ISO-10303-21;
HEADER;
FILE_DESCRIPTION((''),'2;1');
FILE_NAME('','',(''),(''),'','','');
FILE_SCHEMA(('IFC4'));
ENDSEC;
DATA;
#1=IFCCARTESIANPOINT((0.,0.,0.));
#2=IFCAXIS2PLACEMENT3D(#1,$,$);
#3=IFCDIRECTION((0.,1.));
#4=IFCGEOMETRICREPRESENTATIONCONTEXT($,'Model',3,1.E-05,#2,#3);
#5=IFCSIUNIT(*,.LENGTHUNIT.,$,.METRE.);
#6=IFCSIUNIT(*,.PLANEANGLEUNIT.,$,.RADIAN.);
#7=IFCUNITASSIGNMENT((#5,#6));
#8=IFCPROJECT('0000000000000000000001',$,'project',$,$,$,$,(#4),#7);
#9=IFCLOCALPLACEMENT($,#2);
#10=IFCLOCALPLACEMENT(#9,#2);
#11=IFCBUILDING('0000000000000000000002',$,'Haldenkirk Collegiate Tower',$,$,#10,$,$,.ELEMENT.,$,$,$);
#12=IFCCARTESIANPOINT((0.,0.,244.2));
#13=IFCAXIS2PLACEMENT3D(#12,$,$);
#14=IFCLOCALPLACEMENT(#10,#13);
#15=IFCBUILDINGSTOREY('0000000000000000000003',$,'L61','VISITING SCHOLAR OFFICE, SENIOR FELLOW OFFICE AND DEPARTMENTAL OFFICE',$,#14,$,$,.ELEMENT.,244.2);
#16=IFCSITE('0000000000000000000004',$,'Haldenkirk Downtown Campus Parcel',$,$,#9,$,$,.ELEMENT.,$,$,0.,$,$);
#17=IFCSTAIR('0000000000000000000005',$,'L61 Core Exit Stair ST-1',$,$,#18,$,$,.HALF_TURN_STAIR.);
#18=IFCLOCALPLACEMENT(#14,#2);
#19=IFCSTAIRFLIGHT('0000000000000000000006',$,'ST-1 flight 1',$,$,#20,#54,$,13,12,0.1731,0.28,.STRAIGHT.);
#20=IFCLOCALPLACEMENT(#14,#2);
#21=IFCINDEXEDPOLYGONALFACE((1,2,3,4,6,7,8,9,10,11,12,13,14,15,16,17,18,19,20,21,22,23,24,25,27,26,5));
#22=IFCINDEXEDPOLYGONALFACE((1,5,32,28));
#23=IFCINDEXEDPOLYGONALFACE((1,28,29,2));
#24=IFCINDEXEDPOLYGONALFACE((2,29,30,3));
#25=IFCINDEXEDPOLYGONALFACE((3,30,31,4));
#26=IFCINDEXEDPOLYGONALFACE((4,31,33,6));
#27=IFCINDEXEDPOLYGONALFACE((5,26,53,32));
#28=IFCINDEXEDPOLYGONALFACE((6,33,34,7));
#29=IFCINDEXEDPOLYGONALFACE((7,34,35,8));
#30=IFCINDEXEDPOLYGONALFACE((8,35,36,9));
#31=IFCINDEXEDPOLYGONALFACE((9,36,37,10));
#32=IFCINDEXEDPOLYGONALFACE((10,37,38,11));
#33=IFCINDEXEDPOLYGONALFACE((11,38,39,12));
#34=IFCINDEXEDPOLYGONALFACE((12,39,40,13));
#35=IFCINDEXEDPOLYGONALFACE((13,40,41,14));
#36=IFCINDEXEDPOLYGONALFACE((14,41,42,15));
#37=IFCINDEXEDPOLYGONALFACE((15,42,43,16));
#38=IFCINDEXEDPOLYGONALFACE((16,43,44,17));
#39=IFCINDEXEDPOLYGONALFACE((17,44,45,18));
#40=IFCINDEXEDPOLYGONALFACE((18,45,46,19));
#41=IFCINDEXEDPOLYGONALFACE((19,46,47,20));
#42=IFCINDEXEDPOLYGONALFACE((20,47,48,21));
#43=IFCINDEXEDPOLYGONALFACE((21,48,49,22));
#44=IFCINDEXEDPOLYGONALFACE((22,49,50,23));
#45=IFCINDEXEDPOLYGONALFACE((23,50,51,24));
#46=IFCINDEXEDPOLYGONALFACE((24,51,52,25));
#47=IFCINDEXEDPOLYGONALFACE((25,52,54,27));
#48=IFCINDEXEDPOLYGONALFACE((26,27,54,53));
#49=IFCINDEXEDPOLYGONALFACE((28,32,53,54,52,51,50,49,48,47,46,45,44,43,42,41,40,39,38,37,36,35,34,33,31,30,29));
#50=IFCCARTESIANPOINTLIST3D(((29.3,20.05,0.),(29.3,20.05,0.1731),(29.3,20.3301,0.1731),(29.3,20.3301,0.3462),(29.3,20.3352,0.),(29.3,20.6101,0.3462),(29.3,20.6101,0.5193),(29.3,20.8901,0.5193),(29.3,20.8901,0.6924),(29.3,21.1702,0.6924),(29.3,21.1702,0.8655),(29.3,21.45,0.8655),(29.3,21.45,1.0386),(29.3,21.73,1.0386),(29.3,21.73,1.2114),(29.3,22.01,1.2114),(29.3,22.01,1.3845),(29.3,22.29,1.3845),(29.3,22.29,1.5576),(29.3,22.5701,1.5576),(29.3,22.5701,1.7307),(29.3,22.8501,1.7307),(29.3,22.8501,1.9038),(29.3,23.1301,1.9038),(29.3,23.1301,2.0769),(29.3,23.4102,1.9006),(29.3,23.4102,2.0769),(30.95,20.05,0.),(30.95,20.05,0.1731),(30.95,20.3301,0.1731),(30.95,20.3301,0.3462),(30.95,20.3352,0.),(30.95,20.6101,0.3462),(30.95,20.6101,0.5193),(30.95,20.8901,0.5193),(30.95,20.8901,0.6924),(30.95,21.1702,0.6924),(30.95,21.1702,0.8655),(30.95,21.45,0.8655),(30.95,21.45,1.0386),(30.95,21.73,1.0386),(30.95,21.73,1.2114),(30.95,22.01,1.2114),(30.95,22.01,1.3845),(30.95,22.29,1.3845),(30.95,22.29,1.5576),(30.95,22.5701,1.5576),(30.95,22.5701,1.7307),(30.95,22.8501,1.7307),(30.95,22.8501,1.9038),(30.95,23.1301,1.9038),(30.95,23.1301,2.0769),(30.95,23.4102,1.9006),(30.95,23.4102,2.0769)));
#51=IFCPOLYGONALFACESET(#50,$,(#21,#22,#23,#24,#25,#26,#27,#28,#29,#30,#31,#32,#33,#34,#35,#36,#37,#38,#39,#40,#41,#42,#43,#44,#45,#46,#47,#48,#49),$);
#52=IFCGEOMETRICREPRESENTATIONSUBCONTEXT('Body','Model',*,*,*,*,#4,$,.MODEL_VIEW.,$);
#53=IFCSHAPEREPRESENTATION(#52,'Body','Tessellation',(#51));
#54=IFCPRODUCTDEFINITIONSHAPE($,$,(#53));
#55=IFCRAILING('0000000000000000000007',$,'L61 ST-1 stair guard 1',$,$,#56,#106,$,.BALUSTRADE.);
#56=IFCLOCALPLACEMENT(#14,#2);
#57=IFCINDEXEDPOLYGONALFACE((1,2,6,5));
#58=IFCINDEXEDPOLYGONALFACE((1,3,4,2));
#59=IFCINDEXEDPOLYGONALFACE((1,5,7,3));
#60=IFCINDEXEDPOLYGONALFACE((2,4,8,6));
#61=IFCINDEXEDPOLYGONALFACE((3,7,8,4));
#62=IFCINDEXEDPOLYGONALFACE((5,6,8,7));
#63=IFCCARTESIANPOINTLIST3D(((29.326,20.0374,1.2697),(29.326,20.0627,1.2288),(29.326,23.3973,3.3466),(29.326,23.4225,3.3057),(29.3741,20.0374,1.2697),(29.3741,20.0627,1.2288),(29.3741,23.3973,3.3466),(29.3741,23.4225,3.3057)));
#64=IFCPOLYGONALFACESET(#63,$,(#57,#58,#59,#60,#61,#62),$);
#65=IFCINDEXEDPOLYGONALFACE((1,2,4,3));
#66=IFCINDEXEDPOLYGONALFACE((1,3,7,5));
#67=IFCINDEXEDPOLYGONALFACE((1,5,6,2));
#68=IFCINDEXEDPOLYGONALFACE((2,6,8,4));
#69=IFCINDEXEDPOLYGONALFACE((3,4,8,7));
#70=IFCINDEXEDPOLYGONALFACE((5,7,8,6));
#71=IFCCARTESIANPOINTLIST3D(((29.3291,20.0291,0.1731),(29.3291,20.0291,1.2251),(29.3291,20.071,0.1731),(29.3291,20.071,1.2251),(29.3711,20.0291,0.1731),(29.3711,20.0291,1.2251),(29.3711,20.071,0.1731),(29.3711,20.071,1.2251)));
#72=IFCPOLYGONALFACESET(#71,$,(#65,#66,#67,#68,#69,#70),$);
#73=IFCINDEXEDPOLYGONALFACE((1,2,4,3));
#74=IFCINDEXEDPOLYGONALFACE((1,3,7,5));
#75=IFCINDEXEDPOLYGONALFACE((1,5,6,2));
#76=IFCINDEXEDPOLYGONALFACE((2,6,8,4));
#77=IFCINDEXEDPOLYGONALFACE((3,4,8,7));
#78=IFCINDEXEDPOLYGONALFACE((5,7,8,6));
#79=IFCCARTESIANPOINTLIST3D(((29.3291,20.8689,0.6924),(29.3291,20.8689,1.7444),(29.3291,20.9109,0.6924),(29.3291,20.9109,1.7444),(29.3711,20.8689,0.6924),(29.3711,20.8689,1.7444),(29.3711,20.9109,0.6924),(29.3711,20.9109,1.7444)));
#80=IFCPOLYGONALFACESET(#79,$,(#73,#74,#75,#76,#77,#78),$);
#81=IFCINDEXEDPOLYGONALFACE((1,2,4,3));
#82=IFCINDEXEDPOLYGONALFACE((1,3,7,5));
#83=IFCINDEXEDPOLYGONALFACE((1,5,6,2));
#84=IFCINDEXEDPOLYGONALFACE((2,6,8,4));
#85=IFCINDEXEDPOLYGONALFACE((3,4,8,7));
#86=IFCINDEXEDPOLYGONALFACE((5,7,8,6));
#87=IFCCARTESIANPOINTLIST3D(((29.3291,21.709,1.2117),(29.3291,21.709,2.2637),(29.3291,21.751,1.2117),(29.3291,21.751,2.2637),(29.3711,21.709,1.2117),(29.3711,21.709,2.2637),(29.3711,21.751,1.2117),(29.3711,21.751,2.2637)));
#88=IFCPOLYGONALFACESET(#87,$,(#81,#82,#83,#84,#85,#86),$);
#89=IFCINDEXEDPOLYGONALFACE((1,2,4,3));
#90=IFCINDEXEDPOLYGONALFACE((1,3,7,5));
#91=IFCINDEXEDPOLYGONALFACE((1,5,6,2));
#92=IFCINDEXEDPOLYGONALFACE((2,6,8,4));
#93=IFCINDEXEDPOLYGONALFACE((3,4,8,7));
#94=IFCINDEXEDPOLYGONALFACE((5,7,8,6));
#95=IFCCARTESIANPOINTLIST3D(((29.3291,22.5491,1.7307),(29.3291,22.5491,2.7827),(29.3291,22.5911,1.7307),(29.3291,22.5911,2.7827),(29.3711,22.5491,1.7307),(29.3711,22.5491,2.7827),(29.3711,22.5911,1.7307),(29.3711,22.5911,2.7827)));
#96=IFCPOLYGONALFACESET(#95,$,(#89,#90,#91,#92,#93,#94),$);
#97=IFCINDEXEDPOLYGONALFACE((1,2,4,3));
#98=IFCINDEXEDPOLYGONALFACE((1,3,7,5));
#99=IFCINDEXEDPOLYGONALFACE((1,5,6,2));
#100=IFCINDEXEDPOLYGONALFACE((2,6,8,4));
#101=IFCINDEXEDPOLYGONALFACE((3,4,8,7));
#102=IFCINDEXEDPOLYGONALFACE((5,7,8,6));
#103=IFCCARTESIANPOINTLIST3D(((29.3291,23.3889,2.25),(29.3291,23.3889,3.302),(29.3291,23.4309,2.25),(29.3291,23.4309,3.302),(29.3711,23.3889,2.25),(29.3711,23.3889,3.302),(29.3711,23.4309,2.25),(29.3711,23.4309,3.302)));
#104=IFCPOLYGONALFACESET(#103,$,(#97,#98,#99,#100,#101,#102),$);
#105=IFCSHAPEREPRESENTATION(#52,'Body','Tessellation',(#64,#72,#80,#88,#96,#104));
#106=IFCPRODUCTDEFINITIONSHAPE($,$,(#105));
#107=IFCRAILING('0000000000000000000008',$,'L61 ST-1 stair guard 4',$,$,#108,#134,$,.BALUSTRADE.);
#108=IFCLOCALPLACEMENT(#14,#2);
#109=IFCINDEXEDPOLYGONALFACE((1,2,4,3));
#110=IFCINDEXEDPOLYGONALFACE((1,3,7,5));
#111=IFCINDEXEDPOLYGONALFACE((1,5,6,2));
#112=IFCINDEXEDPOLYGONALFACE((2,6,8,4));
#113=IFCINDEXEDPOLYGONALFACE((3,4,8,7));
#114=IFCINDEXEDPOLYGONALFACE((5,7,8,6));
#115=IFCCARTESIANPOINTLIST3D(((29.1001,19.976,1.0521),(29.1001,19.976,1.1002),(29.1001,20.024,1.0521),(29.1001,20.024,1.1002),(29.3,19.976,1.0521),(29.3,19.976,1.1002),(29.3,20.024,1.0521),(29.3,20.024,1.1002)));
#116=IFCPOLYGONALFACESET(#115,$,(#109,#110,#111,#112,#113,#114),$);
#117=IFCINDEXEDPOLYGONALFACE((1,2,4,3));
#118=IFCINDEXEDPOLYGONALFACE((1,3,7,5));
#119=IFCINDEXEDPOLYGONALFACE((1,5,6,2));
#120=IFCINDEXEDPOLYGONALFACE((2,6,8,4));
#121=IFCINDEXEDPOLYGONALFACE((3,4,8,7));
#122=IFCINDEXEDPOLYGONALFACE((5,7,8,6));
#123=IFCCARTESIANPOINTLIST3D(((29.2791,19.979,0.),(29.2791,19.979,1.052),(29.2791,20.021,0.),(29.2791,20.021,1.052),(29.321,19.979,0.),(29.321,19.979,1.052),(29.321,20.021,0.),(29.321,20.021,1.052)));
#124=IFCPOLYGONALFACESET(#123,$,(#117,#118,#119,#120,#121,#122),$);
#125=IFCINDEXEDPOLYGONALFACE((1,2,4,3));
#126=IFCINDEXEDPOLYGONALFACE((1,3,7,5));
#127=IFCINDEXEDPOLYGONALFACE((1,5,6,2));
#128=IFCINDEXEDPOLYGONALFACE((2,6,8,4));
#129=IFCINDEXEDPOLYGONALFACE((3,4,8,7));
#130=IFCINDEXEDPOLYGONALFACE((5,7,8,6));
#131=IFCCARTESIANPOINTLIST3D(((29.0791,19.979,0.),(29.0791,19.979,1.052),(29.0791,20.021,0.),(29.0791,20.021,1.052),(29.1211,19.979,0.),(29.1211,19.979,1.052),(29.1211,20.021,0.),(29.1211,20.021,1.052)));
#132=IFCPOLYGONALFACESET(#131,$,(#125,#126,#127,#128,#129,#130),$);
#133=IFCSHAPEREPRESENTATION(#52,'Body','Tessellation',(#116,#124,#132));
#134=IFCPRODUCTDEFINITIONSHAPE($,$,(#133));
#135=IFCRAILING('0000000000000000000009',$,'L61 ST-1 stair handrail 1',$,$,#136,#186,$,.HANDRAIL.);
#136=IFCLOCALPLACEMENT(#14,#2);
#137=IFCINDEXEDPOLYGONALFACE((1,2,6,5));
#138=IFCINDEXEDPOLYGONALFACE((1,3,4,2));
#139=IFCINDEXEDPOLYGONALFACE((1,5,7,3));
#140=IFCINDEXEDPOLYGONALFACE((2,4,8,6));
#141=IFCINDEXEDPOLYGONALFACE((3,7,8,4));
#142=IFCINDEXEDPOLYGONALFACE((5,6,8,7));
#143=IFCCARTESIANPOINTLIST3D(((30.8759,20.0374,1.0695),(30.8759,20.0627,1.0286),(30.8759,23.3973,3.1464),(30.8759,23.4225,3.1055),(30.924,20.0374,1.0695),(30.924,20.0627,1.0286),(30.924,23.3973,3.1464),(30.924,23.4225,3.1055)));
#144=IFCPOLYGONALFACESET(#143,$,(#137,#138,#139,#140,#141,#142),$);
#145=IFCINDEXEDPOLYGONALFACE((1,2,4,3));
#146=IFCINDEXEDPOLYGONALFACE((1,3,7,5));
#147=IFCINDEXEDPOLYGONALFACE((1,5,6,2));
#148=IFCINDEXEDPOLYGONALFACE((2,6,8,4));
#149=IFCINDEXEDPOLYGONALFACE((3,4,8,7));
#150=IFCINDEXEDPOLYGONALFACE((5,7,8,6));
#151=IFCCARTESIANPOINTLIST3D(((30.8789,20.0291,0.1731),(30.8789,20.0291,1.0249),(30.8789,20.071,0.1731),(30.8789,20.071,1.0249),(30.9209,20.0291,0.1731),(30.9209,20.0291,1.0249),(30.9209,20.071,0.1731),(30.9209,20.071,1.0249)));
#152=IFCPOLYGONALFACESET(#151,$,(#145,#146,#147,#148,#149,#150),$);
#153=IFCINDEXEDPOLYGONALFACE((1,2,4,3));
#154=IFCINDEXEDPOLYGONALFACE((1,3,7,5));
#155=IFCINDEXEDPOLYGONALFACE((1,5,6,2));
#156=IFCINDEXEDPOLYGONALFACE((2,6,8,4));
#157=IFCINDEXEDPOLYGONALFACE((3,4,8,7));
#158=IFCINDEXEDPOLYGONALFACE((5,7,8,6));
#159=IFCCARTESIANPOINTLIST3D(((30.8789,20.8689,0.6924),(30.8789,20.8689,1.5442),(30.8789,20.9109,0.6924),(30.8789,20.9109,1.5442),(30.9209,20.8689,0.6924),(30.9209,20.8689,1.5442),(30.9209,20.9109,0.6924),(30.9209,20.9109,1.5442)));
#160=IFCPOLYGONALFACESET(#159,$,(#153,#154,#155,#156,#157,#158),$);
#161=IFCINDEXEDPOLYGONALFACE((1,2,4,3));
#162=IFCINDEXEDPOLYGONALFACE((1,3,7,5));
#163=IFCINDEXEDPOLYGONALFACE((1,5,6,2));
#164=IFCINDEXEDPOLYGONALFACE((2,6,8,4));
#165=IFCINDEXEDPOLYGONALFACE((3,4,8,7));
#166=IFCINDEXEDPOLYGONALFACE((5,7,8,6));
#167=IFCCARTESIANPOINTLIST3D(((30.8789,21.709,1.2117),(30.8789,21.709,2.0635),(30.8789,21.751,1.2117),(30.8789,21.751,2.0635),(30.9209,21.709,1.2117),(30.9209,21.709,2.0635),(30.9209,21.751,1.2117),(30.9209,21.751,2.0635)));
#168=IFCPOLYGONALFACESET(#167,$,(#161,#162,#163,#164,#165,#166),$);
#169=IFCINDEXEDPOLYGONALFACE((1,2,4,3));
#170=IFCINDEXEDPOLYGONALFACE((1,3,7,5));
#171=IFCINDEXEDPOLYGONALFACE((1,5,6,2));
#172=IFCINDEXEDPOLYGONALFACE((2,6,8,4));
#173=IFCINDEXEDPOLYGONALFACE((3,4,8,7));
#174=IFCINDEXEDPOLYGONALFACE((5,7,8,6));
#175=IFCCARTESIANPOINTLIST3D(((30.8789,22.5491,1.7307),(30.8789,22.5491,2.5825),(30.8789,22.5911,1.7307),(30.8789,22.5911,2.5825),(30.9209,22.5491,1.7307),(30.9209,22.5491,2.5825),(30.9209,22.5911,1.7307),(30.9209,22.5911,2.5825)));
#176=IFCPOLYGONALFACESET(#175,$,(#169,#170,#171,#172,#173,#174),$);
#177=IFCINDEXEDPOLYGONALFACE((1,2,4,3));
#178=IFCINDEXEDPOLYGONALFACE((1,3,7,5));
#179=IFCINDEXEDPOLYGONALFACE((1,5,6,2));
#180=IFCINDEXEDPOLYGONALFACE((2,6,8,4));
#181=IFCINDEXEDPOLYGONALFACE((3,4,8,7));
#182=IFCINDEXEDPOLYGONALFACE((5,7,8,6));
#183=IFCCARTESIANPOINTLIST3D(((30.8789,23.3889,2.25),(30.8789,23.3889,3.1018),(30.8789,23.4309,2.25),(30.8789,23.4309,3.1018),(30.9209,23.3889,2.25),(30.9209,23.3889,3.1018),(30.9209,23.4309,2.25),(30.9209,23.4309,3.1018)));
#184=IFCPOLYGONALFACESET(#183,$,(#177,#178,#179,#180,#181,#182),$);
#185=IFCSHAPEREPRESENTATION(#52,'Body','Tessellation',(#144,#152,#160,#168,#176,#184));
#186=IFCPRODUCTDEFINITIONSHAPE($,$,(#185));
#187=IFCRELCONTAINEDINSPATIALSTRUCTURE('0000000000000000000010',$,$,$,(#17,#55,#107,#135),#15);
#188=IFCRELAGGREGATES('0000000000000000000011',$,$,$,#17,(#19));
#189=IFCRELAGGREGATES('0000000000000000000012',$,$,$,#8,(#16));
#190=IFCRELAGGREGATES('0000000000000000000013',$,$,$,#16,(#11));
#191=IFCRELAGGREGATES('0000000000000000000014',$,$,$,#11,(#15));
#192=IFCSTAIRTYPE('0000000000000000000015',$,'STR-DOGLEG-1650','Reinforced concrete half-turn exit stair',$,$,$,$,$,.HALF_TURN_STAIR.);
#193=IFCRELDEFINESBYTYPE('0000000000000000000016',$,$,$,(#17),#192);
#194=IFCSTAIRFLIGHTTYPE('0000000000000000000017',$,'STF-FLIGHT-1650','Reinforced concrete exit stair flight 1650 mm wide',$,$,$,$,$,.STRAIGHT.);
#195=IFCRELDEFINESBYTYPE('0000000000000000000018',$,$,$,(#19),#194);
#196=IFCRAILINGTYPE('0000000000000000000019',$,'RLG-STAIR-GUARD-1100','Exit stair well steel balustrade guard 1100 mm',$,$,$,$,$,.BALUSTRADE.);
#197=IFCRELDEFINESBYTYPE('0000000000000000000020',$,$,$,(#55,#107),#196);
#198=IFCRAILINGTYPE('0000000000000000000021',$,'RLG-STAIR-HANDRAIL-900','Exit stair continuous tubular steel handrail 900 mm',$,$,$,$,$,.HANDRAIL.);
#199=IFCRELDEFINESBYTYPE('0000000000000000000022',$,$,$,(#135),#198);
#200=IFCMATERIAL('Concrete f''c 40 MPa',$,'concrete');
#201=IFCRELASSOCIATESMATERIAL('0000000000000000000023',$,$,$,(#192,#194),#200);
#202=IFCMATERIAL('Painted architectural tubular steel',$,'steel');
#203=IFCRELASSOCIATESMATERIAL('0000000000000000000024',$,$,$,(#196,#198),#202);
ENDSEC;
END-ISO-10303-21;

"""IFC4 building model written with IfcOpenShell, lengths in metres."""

from ifc_helpers import new_model, si_unit, direction, frame, origin, origin_2d, place, context, subcontext, project, spatial, polyline, rectangle, outline, extrude, material, type_object, element, aggregate, save


model = new_model("IFC4")

# Units and contexts
model_context = context("Model", 3, precision=1e-05, world=origin(), true_north=direction((0.0, 1.0)))
body_context = subcontext(model_context, "Body", "Model", "MODEL_VIEW")
ifc_project = project(units=[si_unit("LENGTHUNIT", "METRE"), si_unit("PLANEANGLEUNIT", "RADIAN")], contexts=[model_context])

# Site, building, storey
site_placement = place(None, origin())
site = spatial("IfcSite", under=ifc_project, at=site_placement, Name="Haldenkirk Downtown Campus Parcel", CompositionType="ELEMENT", RefElevation=0.0)
building_placement = place(site_placement, origin())
building = spatial("IfcBuilding", under=site, at=building_placement, Name="Haldenkirk Collegiate Tower", CompositionType="ELEMENT")
storey_placement = place(building_placement, frame((0.0, 0.0, 244.2)))
storey = spatial("IfcBuildingStorey", under=building, at=storey_placement, Name="L61", Description="VISITING SCHOLAR OFFICE, SENIOR FELLOW OFFICE AND DEPARTMENTAL OFFICE", CompositionType="ELEMENT", Elevation=244.2)

# Stair, stair flight
ifc_material_1 = material(Name="Concrete f'c 40 MPa", Category="concrete")
stair_type = type_object("IfcStairType", Name="STR-DOGLEG-1650", Description="Reinforced concrete half-turn exit stair", PredefinedType="HALF_TURN_STAIR", material=ifc_material_1)
stair_placement = place(storey_placement, origin())
stair = element("IfcStair", 1, at=stair_placement, inside=storey, type_object=stair_type, Name="L61 Core Exit Stair ST-1", PredefinedType="HALF_TURN_STAIR")
stair_flight_type = type_object("IfcStairFlightType", Name="STF-FLIGHT-1650", Description="Reinforced concrete exit stair flight 1650 mm wide", PredefinedType="STRAIGHT", material=ifc_material_1)
stair_flight_placement = place(storey_placement, frame((30.125, 20.05, 0.0), z_axis=(0.0, 0.0, 1.0), x_axis=(0.0, 1.0, 0.0)))
stair_flight = element("IfcStairFlight", 2, at=stair_flight_placement, type_object=stair_flight_type, Name="ST-1 flight 1", NumberOfRisers=13, NumberOfTreads=12, PredefinedType="STRAIGHT", RiserHeight=0.1731, TreadLength=0.28, context=body_context, shape_type="SweptSolid", body=[
    extrude(outline(polyline([(0.0, 0.0), (0.0, 0.1731), (0.28, 0.1731), (0.28, 0.3462), (0.5601, 0.3462), (0.5601, 0.5193), (0.8401, 0.5193), (0.8401, 0.6924), (1.1201, 0.6924), (1.1201, 0.8655), (1.3999, 0.8655), (1.3999, 1.0386), (1.6799, 1.0386), (1.6799, 1.2114), (1.96, 1.2114), (1.96, 1.3845), (2.24, 1.3845), (2.24, 1.5576), (2.52, 1.5576), (2.52, 1.7307), (2.8, 1.7307), (2.8, 1.9038), (3.0801, 1.9038), (3.0801, 2.0769), (3.3601, 2.0769), (3.3601, 2.25), (3.3601, 1.9006), (0.2852, 0.0), (0.0, 0.0)])), frame((0.0, 0.825, 0.0), z_axis=(0.0, -1.0, 0.0), x_axis=(1.0, 0.0, 0.0)), (0.0, 0.0, 1.0), 1.6499),
])
aggregate(stair, [stair_flight])

# Railings
ifc_material_2 = material(Name="Painted architectural tubular steel", Category="steel")
railing_type_1 = type_object("IfcRailingType", Name="RLG-STAIR-GUARD-1100", Description="Exit stair well steel balustrade guard 1100 mm", PredefinedType="BALUSTRADE", material=ifc_material_2)
railing_1_placement = place(storey_placement, frame((29.3501, 20.05, 0.1731)))
element("IfcRailing", 3, at=railing_1_placement, inside=storey, type_object=railing_type_1, Name="L61 ST-1 stair guard 1", PredefinedType="BALUSTRADE", context=body_context, shape_type="SweptSolid", body=[
    extrude(rectangle(XDim=0.0481, YDim=0.0481, at=origin_2d()), frame((0.0, 0.0, 1.0762), z_axis=(0.0, 0.850606, 0.525803), x_axis=(-1.0, 0.0, 0.0)), (0.0, 0.0, 1.0), 3.95),
    extrude(rectangle(XDim=0.042, YDim=0.042, at=origin_2d()), origin(), (0.0, 0.0, 1.0), 1.052),
    extrude(rectangle(XDim=0.042, YDim=0.042, at=origin_2d()), frame((0.0, 0.8398, 0.5193)), (0.0, 0.0, 1.0), 1.052),
    extrude(rectangle(XDim=0.042, YDim=0.042, at=origin_2d()), frame((0.0, 1.6799, 1.0386)), (0.0, 0.0, 1.0), 1.052),
    extrude(rectangle(XDim=0.042, YDim=0.042, at=origin_2d()), frame((0.0, 2.52, 1.5576)), (0.0, 0.0, 1.0), 1.052),
    extrude(rectangle(XDim=0.042, YDim=0.042, at=origin_2d()), frame((0.0, 3.3599, 2.0769)), (0.0, 0.0, 1.0), 1.052),
])
railing_2_placement = place(storey_placement, frame((29.3, 20.0, 0.0)))
element("IfcRailing", 4, at=railing_2_placement, inside=storey, type_object=railing_type_1, Name="L61 ST-1 stair guard 4", PredefinedType="BALUSTRADE", context=body_context, shape_type="SweptSolid", body=[
    extrude(rectangle(XDim=0.0481, YDim=0.0481, at=origin_2d()), frame((0.0, 0.0, 1.0762), z_axis=(-1.0, 0.0, 0.0), x_axis=(0.0, -1.0, 0.0)), (0.0, 0.0, 1.0), 0.2),
    extrude(rectangle(XDim=0.042, YDim=0.042, at=origin_2d()), origin(), (0.0, 0.0, 1.0), 1.052),
    extrude(rectangle(XDim=0.042, YDim=0.042, at=origin_2d()), frame((-0.2, 0.0, 0.0)), (0.0, 0.0, 1.0), 1.052),
])
railing_type_2 = type_object("IfcRailingType", Name="RLG-STAIR-HANDRAIL-900", Description="Exit stair continuous tubular steel handrail 900 mm", PredefinedType="HANDRAIL", material=ifc_material_2)
railing_3_placement = place(storey_placement, frame((30.8999, 20.05, 0.1731)))
element("IfcRailing", 5, at=railing_3_placement, inside=storey, type_object=railing_type_2, Name="L61 ST-1 stair handrail 1", PredefinedType="HANDRAIL", context=body_context, shape_type="SweptSolid", body=[
    extrude(rectangle(XDim=0.0481, YDim=0.0481, at=origin_2d()), frame((0.0, 0.0, 0.876), z_axis=(0.0, 0.850606, 0.525803), x_axis=(-1.0, 0.0, 0.0)), (0.0, 0.0, 1.0), 3.95),
    extrude(rectangle(XDim=0.042, YDim=0.042, at=origin_2d()), origin(), (0.0, 0.0, 1.0), 0.8518),
    extrude(rectangle(XDim=0.042, YDim=0.042, at=origin_2d()), frame((0.0, 0.8398, 0.5193)), (0.0, 0.0, 1.0), 0.8518),
    extrude(rectangle(XDim=0.042, YDim=0.042, at=origin_2d()), frame((0.0, 1.6799, 1.0386)), (0.0, 0.0, 1.0), 0.8518),
    extrude(rectangle(XDim=0.042, YDim=0.042, at=origin_2d()), frame((0.0, 2.52, 1.5576)), (0.0, 0.0, 1.0), 0.8518),
    extrude(rectangle(XDim=0.042, YDim=0.042, at=origin_2d()), frame((0.0, 3.3599, 2.0769)), (0.0, 0.0, 1.0), 0.8518),
])

save(model, "model.ifc")
